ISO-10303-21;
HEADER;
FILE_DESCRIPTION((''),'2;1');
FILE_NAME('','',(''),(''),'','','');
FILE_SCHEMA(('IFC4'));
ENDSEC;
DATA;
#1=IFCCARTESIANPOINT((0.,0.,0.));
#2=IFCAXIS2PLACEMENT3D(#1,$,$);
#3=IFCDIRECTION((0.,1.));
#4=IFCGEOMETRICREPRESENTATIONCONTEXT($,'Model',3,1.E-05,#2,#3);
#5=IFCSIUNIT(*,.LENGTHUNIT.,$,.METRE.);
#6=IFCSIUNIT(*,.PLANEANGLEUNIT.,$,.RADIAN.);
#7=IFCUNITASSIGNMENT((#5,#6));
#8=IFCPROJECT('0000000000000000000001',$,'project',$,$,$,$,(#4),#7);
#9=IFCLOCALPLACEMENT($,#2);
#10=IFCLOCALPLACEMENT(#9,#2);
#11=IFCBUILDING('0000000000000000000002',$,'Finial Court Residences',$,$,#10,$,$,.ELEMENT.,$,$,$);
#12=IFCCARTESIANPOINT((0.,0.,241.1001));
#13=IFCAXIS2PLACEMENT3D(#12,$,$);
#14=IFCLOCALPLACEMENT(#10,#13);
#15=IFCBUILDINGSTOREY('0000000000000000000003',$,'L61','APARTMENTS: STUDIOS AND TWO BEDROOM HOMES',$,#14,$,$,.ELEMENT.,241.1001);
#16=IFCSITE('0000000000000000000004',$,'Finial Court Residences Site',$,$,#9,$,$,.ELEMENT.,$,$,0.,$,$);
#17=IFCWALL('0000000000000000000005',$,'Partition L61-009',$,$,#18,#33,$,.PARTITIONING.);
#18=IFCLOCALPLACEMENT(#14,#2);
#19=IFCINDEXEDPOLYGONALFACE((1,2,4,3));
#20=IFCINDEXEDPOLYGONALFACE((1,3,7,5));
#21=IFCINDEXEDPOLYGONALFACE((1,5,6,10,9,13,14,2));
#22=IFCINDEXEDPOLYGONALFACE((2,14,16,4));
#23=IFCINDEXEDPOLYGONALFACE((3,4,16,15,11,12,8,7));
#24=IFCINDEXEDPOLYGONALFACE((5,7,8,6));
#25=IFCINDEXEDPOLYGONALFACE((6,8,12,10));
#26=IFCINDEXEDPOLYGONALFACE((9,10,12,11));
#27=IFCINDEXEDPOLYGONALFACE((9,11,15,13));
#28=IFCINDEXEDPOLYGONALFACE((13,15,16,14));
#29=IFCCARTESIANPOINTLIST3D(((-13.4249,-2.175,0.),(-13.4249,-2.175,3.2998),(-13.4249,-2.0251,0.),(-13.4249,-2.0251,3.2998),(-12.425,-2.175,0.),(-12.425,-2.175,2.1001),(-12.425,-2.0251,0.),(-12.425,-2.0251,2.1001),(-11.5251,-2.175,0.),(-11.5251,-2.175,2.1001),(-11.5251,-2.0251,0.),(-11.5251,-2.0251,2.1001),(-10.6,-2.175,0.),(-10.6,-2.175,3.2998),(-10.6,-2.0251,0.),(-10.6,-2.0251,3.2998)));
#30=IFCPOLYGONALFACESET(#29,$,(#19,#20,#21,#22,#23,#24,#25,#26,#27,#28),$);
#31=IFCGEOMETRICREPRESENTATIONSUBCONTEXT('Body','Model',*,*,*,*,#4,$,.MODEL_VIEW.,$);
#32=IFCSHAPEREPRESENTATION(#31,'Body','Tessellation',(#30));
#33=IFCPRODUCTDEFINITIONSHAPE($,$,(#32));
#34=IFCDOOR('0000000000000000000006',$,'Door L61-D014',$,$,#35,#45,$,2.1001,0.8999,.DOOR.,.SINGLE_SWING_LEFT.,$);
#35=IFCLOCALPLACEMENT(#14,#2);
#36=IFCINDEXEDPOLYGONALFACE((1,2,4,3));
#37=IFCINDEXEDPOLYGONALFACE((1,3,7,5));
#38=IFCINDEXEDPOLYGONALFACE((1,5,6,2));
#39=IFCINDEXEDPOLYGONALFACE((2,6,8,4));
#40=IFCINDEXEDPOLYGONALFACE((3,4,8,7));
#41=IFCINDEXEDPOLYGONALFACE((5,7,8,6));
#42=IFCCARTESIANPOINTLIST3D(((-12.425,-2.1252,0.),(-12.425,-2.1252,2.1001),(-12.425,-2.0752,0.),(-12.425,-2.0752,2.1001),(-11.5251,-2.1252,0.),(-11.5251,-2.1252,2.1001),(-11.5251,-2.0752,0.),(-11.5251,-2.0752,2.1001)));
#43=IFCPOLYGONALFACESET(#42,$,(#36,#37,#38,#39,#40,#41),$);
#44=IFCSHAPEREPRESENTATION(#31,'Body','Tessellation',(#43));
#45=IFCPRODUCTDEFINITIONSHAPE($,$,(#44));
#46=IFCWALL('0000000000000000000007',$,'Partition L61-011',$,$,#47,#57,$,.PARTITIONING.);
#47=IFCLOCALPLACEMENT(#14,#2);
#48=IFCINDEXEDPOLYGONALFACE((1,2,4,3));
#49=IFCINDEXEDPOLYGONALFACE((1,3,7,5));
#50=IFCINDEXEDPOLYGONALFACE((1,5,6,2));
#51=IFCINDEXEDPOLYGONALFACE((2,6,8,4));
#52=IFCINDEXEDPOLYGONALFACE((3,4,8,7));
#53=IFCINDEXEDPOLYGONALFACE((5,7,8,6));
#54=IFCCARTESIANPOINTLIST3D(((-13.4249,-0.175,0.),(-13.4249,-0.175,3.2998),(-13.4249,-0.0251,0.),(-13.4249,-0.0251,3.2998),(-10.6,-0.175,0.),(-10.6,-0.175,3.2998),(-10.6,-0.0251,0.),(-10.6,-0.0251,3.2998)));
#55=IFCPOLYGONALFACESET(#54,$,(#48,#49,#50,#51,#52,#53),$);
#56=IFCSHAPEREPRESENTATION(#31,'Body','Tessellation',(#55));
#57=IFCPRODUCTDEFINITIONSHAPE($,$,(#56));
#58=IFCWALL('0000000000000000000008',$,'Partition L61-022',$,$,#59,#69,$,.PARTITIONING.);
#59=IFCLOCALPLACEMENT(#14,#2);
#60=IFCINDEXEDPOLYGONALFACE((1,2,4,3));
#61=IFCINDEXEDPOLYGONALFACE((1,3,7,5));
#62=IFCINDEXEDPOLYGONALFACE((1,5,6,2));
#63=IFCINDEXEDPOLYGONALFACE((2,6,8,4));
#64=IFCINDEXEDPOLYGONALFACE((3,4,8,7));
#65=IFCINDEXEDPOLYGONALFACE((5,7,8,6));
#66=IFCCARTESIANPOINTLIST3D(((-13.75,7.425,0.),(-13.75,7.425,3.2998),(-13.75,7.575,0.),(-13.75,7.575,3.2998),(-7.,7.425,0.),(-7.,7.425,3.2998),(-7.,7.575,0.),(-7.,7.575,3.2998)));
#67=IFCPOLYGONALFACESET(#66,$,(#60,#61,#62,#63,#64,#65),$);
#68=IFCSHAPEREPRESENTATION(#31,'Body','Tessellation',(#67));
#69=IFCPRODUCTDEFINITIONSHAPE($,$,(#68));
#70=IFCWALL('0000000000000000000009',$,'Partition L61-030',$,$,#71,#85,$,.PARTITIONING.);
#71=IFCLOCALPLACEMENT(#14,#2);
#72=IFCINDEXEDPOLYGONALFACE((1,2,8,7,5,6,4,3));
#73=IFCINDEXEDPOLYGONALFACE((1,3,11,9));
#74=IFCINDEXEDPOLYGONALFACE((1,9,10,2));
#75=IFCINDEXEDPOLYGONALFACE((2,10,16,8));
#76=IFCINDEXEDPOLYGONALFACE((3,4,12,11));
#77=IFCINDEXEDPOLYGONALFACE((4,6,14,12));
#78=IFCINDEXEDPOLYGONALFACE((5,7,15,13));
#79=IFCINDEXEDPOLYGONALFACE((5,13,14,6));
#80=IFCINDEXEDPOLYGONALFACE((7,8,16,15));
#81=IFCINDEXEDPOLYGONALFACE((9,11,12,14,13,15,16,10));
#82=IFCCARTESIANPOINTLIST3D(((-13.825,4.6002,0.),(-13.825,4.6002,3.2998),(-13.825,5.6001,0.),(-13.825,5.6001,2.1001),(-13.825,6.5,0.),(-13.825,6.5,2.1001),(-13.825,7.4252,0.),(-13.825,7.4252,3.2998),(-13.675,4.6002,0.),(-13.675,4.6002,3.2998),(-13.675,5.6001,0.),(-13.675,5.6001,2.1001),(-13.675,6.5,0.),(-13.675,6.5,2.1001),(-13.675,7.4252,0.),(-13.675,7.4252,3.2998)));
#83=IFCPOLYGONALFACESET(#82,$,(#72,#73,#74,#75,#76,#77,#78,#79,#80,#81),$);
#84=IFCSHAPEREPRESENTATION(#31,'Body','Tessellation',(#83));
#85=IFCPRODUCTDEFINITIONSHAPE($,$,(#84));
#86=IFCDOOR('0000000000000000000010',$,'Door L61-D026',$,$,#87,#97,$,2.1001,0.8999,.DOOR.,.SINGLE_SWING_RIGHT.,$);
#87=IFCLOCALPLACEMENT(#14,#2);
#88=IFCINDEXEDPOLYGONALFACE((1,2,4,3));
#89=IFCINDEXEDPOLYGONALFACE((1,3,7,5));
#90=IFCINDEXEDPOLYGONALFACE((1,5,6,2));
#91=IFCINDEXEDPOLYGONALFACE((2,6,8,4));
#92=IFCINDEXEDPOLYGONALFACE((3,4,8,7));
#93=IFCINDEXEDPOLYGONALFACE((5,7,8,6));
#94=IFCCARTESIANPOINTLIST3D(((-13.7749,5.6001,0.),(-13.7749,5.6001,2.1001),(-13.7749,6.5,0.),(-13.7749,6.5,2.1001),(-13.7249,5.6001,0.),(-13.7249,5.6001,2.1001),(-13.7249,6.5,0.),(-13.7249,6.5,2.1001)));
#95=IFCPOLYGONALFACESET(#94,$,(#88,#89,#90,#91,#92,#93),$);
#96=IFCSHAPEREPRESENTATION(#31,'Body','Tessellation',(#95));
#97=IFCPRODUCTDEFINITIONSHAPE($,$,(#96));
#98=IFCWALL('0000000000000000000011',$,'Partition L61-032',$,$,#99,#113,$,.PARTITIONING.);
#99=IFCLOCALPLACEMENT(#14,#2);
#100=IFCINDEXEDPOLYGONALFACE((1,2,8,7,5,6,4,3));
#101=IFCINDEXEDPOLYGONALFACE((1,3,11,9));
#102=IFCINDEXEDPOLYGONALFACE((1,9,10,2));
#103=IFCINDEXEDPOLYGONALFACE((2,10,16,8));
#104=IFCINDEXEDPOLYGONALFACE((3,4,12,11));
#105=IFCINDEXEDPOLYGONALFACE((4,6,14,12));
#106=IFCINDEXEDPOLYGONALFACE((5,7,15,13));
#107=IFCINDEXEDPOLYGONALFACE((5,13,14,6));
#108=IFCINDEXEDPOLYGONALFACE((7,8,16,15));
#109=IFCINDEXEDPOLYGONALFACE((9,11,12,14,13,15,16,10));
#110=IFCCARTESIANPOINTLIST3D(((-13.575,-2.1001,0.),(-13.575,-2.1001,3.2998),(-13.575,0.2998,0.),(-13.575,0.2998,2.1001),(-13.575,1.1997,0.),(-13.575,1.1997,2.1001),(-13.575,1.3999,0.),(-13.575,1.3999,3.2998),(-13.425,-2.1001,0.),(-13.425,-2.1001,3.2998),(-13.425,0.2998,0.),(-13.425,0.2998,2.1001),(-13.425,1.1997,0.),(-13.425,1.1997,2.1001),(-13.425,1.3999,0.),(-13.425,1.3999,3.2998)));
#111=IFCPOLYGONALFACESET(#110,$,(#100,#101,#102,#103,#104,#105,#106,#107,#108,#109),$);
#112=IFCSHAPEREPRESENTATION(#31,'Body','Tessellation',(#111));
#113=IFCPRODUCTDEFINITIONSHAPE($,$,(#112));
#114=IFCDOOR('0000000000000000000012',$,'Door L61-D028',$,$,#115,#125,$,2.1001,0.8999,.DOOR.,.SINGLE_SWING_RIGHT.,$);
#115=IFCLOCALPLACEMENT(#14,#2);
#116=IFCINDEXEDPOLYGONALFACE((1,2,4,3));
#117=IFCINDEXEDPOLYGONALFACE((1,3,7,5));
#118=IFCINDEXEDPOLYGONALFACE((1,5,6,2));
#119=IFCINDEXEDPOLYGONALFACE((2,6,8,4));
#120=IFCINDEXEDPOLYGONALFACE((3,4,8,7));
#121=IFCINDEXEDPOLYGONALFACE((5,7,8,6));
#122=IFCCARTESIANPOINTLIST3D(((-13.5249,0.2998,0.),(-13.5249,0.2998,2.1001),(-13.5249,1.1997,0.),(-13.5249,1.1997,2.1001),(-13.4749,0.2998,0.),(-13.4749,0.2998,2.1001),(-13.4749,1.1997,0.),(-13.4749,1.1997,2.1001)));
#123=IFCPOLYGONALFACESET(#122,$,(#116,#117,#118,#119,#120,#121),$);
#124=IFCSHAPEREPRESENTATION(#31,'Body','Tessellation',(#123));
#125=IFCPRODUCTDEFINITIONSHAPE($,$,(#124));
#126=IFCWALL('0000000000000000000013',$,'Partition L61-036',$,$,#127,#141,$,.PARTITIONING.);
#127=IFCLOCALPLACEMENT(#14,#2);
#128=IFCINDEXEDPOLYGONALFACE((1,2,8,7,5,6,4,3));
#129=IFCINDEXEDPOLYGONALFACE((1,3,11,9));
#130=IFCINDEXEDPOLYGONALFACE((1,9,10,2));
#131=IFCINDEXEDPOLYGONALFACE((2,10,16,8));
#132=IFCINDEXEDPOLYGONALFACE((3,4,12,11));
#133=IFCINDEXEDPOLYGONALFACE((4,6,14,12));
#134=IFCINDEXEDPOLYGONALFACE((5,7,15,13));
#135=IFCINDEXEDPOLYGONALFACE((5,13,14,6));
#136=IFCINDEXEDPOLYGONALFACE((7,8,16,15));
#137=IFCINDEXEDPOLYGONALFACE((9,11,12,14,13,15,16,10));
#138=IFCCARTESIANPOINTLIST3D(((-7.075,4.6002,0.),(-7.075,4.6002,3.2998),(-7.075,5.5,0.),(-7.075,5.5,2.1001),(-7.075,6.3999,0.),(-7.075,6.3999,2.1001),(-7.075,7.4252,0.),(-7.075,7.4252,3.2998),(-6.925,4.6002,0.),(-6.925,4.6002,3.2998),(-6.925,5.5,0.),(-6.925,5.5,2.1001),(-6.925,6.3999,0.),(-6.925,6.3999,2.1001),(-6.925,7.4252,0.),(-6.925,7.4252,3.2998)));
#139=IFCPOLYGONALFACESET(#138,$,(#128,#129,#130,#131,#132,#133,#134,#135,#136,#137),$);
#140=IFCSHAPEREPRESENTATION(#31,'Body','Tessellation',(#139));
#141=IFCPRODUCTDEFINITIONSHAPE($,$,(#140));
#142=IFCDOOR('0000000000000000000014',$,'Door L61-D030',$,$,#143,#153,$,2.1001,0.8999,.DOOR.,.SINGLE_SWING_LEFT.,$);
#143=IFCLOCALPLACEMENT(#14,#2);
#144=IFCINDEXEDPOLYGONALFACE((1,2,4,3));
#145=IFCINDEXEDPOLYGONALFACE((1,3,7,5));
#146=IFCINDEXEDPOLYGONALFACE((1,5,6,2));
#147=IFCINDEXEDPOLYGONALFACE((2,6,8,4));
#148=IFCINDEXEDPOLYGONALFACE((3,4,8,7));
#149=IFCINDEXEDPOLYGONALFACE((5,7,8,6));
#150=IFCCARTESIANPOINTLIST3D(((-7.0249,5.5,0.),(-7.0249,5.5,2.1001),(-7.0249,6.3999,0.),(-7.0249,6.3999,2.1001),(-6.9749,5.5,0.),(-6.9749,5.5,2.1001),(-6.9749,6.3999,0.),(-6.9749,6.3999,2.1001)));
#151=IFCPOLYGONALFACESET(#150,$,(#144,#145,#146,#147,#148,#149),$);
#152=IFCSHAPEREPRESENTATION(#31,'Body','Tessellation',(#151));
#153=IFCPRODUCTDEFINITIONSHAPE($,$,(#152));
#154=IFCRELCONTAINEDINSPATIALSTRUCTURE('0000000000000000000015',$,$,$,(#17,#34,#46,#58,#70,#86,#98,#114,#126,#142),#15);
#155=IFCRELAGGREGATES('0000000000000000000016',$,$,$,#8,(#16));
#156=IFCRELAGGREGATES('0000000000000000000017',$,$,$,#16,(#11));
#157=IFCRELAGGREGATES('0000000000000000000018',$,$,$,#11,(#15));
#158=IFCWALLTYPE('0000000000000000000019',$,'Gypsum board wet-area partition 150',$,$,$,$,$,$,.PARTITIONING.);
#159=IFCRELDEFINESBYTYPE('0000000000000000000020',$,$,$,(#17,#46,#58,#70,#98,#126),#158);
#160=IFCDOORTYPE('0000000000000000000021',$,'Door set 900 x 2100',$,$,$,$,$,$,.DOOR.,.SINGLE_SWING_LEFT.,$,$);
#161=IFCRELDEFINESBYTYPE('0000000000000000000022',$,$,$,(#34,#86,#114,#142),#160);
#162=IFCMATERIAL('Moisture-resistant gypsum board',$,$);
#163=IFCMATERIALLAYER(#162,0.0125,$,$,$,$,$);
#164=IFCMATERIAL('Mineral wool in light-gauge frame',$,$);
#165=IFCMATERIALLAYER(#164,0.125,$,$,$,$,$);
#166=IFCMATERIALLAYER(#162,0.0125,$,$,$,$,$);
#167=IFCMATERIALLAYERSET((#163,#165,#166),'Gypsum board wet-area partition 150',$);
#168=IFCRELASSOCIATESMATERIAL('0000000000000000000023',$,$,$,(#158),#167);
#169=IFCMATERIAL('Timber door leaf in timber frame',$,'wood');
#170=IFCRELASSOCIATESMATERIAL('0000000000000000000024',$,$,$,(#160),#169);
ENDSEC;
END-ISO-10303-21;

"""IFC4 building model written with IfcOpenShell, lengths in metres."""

from ifc_helpers import new_model, si_unit, direction, frame, frame_2d, origin, place, context, subcontext, project, spatial, rectangle, extrude, material, layer, layer_set, type_object, element, fill, save


model = new_model("IFC4")

# Units and contexts
model_context = context("Model", 3, precision=1e-05, world=origin(), true_north=direction((0.0, 1.0)))
body_context = subcontext(model_context, "Body", "Model", "MODEL_VIEW")
ifc_project = project(units=[si_unit("LENGTHUNIT", "METRE"), si_unit("PLANEANGLEUNIT", "RADIAN")], contexts=[model_context])

# Site, building, storey
site_placement = place(None, origin())
site = spatial("IfcSite", under=ifc_project, at=site_placement, Name="Finial Court Residences Site", CompositionType="ELEMENT", RefElevation=0.0)
building_placement = place(site_placement, origin())
building = spatial("IfcBuilding", under=site, at=building_placement, Name="Finial Court Residences", CompositionType="ELEMENT")
storey_placement = place(building_placement, frame((0.0, 0.0, 241.1001)))
storey = spatial("IfcBuildingStorey", under=building, at=storey_placement, Name="L61", Description="APARTMENTS: STUDIOS AND TWO BEDROOM HOMES", CompositionType="ELEMENT", Elevation=241.1001)

# Wall, opening, door
ifc_material_1 = material(Name="Moisture-resistant gypsum board")
ifc_layer_1 = layer(ifc_material_1, 0.0125)
ifc_material_2 = material(Name="Mineral wool in light-gauge frame")
ifc_layer_2 = layer(ifc_material_2, 0.125)
ifc_layer_3 = layer(ifc_material_1, 0.0125)
ifc_layer_set_1 = layer_set([ifc_layer_1, ifc_layer_2, ifc_layer_3], Name="Gypsum board wet-area partition 150")
wall_type_1 = type_object("IfcWallType", Name="Gypsum board wet-area partition 150", PredefinedType="PARTITIONING", material=ifc_layer_set_1)
wall_1_placement = place(storey_placement, frame((-13.425, -2.1001, 0.0), z_axis=(0.0, 0.0, 1.0), x_axis=(1.0, 0.0, 0.0)))
wall_1 = element("IfcWall", 1, at=wall_1_placement, inside=storey, type_object=wall_type_1, Name="Partition L61-009", PredefinedType="PARTITIONING", context=body_context, shape_type="SweptSolid", body=[
    extrude(rectangle(XDim=2.825, YDim=0.1499, at=frame_2d((1.4126, 0.0))), origin(), (0.0, 0.0, 1.0), 3.2998),
])
opening_1_placement = place(wall_1_placement, frame((1.0, 0.0, 0.0)))
opening_1 = element("IfcOpeningElement", 2, at=opening_1_placement, cuts=wall_1, PredefinedType="OPENING", context=body_context, shape_type="SweptSolid", body=[
    extrude(rectangle(XDim=0.8999, YDim=2.1001, at=frame_2d((0.45, 1.05))), frame((0.0, 0.085, 0.0), z_axis=(0.0, -1.0, 0.0), x_axis=(1.0, 0.0, 0.0)), (0.0, 0.0, 1.0), 0.1699),
])
ifc_material_3 = material(Name="Timber door leaf in timber frame", Category="wood")
door_type = type_object("IfcDoorType", Name="Door set 900 x 2100", OperationType="SINGLE_SWING_LEFT", PredefinedType="DOOR", material=ifc_material_3)
door_1_placement = place(opening_1_placement, origin())
door_1 = element("IfcDoor", 3, at=door_1_placement, inside=storey, type_object=door_type, Name="Door L61-D014", OperationType="SINGLE_SWING_LEFT", OverallHeight=2.1001, OverallWidth=0.8999, PredefinedType="DOOR", context=body_context, shape_type="SweptSolid", body=[
    extrude(rectangle(XDim=0.8999, YDim=2.1001, at=frame_2d((0.45, 1.05))), frame((0.0, 0.0249, 0.0), z_axis=(0.0, -1.0, 0.0), x_axis=(1.0, 0.0, 0.0)), (0.0, 0.0, 1.0), 0.05),
])
fill(opening_1, door_1)

# Walls
wall_2_placement = place(storey_placement, frame((-13.425, -0.1001, 0.0), z_axis=(0.0, 0.0, 1.0), x_axis=(1.0, 0.0, 0.0)))
element("IfcWall", 4, at=wall_2_placement, inside=storey, type_object=wall_type_1, Name="Partition L61-011", PredefinedType="PARTITIONING", context=body_context, shape_type="SweptSolid", body=[
    extrude(rectangle(XDim=2.825, YDim=0.1499, at=frame_2d((1.4126, 0.0))), origin(), (0.0, 0.0, 1.0), 3.2998),
])
wall_3_placement = place(storey_placement, frame((-13.75, 7.5, 0.0), z_axis=(0.0, 0.0, 1.0), x_axis=(1.0, 0.0, 0.0)))
element("IfcWall", 5, at=wall_3_placement, inside=storey, type_object=wall_type_1, Name="Partition L61-022", PredefinedType="PARTITIONING", context=body_context, shape_type="SweptSolid", body=[
    extrude(rectangle(XDim=6.75, YDim=0.1499, at=frame_2d((3.375, 0.0))), origin(), (0.0, 0.0, 1.0), 3.2998),
])

# Walls, openings, doors
wall_4_placement = place(storey_placement, frame((-13.75, 4.6001, 0.0), z_axis=(0.0, 0.0, 1.0), x_axis=(0.0, 1.0, 0.0)))
wall_4 = element("IfcWall", 6, at=wall_4_placement, inside=storey, type_object=wall_type_1, Name="Partition L61-030", PredefinedType="PARTITIONING", context=body_context, shape_type="SweptSolid", body=[
    extrude(rectangle(XDim=2.825, YDim=0.1499, at=frame_2d((1.4126, 0.0))), origin(), (0.0, 0.0, 1.0), 3.2998),
])
opening_2_placement = place(wall_4_placement, frame((1.0, 0.0, 0.0)))
opening_2 = element("IfcOpeningElement", 7, at=opening_2_placement, cuts=wall_4, PredefinedType="OPENING", context=body_context, shape_type="SweptSolid", body=[
    extrude(rectangle(XDim=0.8999, YDim=2.1001, at=frame_2d((0.45, 1.05))), frame((0.0, 0.085, 0.0), z_axis=(0.0, -1.0, 0.0), x_axis=(1.0, 0.0, 0.0)), (0.0, 0.0, 1.0), 0.1699),
])
door_2_placement = place(opening_2_placement, origin())
door_2 = element("IfcDoor", 8, at=door_2_placement, inside=storey, type_object=door_type, Name="Door L61-D026", OperationType="SINGLE_SWING_RIGHT", OverallHeight=2.1001, OverallWidth=0.8999, PredefinedType="DOOR", context=body_context, shape_type="SweptSolid", body=[
    extrude(rectangle(XDim=0.8999, YDim=2.1001, at=frame_2d((0.45, 1.05))), frame((0.0, 0.0249, 0.0), z_axis=(0.0, -1.0, 0.0), x_axis=(1.0, 0.0, 0.0)), (0.0, 0.0, 1.0), 0.05),
])
fill(opening_2, door_2)
wall_5_placement = place(storey_placement, frame((-13.5, -2.1001, 0.0), z_axis=(0.0, 0.0, 1.0), x_axis=(0.0, 1.0, 0.0)))
wall_5 = element("IfcWall", 9, at=wall_5_placement, inside=storey, type_object=wall_type_1, Name="Partition L61-032", PredefinedType="PARTITIONING", context=body_context, shape_type="SweptSolid", body=[
    extrude(rectangle(XDim=3.5, YDim=0.1499, at=frame_2d((1.75, 0.0))), origin(), (0.0, 0.0, 1.0), 3.2998),
])
opening_3_placement = place(wall_5_placement, frame((2.3999, 0.0, 0.0)))
opening_3 = element("IfcOpeningElement", 10, at=opening_3_placement, cuts=wall_5, PredefinedType="OPENING", context=body_context, shape_type="SweptSolid", body=[
    extrude(rectangle(XDim=0.8999, YDim=2.1001, at=frame_2d((0.45, 1.05))), frame((0.0, 0.085, 0.0), z_axis=(0.0, -1.0, 0.0), x_axis=(1.0, 0.0, 0.0)), (0.0, 0.0, 1.0), 0.1699),
])
door_3_placement = place(opening_3_placement, origin())
door_3 = element("IfcDoor", 11, at=door_3_placement, inside=storey, type_object=door_type, Name="Door L61-D028", OperationType="SINGLE_SWING_RIGHT", OverallHeight=2.1001, OverallWidth=0.8999, PredefinedType="DOOR", context=body_context, shape_type="SweptSolid", body=[
    extrude(rectangle(XDim=0.8999, YDim=2.1001, at=frame_2d((0.45, 1.05))), frame((0.0, 0.0249, 0.0), z_axis=(0.0, -1.0, 0.0), x_axis=(1.0, 0.0, 0.0)), (0.0, 0.0, 1.0), 0.05),
])
fill(opening_3, door_3)
wall_6_placement = place(storey_placement, frame((-7.0, 4.6001, 0.0), z_axis=(0.0, 0.0, 1.0), x_axis=(0.0, 1.0, 0.0)))
wall_6 = element("IfcWall", 12, at=wall_6_placement, inside=storey, type_object=wall_type_1, Name="Partition L61-036", PredefinedType="PARTITIONING", context=body_context, shape_type="SweptSolid", body=[
    extrude(rectangle(XDim=2.825, YDim=0.1499, at=frame_2d((1.4126, 0.0))), origin(), (0.0, 0.0, 1.0), 3.2998),
])
opening_4_placement = place(wall_6_placement, frame((0.8999, 0.0, 0.0)))
opening_4 = element("IfcOpeningElement", 13, at=opening_4_placement, cuts=wall_6, PredefinedType="OPENING", context=body_context, shape_type="SweptSolid", body=[
    extrude(rectangle(XDim=0.8999, YDim=2.1001, at=frame_2d((0.45, 1.05))), frame((0.0, 0.085, 0.0), z_axis=(0.0, -1.0, 0.0), x_axis=(1.0, 0.0, 0.0)), (0.0, 0.0, 1.0), 0.1699),
])
door_4_placement = place(opening_4_placement, origin())
door_4 = element("IfcDoor", 14, at=door_4_placement, inside=storey, type_object=door_type, Name="Door L61-D030", OperationType="SINGLE_SWING_LEFT", OverallHeight=2.1001, OverallWidth=0.8999, PredefinedType="DOOR", context=body_context, shape_type="SweptSolid", body=[
    extrude(rectangle(XDim=0.8999, YDim=2.1001, at=frame_2d((0.45, 1.05))), frame((0.0, 0.0249, 0.0), z_axis=(0.0, -1.0, 0.0), x_axis=(1.0, 0.0, 0.0)), (0.0, 0.0, 1.0), 0.05),
])
fill(opening_4, door_4)

save(model, "model.ifc")
